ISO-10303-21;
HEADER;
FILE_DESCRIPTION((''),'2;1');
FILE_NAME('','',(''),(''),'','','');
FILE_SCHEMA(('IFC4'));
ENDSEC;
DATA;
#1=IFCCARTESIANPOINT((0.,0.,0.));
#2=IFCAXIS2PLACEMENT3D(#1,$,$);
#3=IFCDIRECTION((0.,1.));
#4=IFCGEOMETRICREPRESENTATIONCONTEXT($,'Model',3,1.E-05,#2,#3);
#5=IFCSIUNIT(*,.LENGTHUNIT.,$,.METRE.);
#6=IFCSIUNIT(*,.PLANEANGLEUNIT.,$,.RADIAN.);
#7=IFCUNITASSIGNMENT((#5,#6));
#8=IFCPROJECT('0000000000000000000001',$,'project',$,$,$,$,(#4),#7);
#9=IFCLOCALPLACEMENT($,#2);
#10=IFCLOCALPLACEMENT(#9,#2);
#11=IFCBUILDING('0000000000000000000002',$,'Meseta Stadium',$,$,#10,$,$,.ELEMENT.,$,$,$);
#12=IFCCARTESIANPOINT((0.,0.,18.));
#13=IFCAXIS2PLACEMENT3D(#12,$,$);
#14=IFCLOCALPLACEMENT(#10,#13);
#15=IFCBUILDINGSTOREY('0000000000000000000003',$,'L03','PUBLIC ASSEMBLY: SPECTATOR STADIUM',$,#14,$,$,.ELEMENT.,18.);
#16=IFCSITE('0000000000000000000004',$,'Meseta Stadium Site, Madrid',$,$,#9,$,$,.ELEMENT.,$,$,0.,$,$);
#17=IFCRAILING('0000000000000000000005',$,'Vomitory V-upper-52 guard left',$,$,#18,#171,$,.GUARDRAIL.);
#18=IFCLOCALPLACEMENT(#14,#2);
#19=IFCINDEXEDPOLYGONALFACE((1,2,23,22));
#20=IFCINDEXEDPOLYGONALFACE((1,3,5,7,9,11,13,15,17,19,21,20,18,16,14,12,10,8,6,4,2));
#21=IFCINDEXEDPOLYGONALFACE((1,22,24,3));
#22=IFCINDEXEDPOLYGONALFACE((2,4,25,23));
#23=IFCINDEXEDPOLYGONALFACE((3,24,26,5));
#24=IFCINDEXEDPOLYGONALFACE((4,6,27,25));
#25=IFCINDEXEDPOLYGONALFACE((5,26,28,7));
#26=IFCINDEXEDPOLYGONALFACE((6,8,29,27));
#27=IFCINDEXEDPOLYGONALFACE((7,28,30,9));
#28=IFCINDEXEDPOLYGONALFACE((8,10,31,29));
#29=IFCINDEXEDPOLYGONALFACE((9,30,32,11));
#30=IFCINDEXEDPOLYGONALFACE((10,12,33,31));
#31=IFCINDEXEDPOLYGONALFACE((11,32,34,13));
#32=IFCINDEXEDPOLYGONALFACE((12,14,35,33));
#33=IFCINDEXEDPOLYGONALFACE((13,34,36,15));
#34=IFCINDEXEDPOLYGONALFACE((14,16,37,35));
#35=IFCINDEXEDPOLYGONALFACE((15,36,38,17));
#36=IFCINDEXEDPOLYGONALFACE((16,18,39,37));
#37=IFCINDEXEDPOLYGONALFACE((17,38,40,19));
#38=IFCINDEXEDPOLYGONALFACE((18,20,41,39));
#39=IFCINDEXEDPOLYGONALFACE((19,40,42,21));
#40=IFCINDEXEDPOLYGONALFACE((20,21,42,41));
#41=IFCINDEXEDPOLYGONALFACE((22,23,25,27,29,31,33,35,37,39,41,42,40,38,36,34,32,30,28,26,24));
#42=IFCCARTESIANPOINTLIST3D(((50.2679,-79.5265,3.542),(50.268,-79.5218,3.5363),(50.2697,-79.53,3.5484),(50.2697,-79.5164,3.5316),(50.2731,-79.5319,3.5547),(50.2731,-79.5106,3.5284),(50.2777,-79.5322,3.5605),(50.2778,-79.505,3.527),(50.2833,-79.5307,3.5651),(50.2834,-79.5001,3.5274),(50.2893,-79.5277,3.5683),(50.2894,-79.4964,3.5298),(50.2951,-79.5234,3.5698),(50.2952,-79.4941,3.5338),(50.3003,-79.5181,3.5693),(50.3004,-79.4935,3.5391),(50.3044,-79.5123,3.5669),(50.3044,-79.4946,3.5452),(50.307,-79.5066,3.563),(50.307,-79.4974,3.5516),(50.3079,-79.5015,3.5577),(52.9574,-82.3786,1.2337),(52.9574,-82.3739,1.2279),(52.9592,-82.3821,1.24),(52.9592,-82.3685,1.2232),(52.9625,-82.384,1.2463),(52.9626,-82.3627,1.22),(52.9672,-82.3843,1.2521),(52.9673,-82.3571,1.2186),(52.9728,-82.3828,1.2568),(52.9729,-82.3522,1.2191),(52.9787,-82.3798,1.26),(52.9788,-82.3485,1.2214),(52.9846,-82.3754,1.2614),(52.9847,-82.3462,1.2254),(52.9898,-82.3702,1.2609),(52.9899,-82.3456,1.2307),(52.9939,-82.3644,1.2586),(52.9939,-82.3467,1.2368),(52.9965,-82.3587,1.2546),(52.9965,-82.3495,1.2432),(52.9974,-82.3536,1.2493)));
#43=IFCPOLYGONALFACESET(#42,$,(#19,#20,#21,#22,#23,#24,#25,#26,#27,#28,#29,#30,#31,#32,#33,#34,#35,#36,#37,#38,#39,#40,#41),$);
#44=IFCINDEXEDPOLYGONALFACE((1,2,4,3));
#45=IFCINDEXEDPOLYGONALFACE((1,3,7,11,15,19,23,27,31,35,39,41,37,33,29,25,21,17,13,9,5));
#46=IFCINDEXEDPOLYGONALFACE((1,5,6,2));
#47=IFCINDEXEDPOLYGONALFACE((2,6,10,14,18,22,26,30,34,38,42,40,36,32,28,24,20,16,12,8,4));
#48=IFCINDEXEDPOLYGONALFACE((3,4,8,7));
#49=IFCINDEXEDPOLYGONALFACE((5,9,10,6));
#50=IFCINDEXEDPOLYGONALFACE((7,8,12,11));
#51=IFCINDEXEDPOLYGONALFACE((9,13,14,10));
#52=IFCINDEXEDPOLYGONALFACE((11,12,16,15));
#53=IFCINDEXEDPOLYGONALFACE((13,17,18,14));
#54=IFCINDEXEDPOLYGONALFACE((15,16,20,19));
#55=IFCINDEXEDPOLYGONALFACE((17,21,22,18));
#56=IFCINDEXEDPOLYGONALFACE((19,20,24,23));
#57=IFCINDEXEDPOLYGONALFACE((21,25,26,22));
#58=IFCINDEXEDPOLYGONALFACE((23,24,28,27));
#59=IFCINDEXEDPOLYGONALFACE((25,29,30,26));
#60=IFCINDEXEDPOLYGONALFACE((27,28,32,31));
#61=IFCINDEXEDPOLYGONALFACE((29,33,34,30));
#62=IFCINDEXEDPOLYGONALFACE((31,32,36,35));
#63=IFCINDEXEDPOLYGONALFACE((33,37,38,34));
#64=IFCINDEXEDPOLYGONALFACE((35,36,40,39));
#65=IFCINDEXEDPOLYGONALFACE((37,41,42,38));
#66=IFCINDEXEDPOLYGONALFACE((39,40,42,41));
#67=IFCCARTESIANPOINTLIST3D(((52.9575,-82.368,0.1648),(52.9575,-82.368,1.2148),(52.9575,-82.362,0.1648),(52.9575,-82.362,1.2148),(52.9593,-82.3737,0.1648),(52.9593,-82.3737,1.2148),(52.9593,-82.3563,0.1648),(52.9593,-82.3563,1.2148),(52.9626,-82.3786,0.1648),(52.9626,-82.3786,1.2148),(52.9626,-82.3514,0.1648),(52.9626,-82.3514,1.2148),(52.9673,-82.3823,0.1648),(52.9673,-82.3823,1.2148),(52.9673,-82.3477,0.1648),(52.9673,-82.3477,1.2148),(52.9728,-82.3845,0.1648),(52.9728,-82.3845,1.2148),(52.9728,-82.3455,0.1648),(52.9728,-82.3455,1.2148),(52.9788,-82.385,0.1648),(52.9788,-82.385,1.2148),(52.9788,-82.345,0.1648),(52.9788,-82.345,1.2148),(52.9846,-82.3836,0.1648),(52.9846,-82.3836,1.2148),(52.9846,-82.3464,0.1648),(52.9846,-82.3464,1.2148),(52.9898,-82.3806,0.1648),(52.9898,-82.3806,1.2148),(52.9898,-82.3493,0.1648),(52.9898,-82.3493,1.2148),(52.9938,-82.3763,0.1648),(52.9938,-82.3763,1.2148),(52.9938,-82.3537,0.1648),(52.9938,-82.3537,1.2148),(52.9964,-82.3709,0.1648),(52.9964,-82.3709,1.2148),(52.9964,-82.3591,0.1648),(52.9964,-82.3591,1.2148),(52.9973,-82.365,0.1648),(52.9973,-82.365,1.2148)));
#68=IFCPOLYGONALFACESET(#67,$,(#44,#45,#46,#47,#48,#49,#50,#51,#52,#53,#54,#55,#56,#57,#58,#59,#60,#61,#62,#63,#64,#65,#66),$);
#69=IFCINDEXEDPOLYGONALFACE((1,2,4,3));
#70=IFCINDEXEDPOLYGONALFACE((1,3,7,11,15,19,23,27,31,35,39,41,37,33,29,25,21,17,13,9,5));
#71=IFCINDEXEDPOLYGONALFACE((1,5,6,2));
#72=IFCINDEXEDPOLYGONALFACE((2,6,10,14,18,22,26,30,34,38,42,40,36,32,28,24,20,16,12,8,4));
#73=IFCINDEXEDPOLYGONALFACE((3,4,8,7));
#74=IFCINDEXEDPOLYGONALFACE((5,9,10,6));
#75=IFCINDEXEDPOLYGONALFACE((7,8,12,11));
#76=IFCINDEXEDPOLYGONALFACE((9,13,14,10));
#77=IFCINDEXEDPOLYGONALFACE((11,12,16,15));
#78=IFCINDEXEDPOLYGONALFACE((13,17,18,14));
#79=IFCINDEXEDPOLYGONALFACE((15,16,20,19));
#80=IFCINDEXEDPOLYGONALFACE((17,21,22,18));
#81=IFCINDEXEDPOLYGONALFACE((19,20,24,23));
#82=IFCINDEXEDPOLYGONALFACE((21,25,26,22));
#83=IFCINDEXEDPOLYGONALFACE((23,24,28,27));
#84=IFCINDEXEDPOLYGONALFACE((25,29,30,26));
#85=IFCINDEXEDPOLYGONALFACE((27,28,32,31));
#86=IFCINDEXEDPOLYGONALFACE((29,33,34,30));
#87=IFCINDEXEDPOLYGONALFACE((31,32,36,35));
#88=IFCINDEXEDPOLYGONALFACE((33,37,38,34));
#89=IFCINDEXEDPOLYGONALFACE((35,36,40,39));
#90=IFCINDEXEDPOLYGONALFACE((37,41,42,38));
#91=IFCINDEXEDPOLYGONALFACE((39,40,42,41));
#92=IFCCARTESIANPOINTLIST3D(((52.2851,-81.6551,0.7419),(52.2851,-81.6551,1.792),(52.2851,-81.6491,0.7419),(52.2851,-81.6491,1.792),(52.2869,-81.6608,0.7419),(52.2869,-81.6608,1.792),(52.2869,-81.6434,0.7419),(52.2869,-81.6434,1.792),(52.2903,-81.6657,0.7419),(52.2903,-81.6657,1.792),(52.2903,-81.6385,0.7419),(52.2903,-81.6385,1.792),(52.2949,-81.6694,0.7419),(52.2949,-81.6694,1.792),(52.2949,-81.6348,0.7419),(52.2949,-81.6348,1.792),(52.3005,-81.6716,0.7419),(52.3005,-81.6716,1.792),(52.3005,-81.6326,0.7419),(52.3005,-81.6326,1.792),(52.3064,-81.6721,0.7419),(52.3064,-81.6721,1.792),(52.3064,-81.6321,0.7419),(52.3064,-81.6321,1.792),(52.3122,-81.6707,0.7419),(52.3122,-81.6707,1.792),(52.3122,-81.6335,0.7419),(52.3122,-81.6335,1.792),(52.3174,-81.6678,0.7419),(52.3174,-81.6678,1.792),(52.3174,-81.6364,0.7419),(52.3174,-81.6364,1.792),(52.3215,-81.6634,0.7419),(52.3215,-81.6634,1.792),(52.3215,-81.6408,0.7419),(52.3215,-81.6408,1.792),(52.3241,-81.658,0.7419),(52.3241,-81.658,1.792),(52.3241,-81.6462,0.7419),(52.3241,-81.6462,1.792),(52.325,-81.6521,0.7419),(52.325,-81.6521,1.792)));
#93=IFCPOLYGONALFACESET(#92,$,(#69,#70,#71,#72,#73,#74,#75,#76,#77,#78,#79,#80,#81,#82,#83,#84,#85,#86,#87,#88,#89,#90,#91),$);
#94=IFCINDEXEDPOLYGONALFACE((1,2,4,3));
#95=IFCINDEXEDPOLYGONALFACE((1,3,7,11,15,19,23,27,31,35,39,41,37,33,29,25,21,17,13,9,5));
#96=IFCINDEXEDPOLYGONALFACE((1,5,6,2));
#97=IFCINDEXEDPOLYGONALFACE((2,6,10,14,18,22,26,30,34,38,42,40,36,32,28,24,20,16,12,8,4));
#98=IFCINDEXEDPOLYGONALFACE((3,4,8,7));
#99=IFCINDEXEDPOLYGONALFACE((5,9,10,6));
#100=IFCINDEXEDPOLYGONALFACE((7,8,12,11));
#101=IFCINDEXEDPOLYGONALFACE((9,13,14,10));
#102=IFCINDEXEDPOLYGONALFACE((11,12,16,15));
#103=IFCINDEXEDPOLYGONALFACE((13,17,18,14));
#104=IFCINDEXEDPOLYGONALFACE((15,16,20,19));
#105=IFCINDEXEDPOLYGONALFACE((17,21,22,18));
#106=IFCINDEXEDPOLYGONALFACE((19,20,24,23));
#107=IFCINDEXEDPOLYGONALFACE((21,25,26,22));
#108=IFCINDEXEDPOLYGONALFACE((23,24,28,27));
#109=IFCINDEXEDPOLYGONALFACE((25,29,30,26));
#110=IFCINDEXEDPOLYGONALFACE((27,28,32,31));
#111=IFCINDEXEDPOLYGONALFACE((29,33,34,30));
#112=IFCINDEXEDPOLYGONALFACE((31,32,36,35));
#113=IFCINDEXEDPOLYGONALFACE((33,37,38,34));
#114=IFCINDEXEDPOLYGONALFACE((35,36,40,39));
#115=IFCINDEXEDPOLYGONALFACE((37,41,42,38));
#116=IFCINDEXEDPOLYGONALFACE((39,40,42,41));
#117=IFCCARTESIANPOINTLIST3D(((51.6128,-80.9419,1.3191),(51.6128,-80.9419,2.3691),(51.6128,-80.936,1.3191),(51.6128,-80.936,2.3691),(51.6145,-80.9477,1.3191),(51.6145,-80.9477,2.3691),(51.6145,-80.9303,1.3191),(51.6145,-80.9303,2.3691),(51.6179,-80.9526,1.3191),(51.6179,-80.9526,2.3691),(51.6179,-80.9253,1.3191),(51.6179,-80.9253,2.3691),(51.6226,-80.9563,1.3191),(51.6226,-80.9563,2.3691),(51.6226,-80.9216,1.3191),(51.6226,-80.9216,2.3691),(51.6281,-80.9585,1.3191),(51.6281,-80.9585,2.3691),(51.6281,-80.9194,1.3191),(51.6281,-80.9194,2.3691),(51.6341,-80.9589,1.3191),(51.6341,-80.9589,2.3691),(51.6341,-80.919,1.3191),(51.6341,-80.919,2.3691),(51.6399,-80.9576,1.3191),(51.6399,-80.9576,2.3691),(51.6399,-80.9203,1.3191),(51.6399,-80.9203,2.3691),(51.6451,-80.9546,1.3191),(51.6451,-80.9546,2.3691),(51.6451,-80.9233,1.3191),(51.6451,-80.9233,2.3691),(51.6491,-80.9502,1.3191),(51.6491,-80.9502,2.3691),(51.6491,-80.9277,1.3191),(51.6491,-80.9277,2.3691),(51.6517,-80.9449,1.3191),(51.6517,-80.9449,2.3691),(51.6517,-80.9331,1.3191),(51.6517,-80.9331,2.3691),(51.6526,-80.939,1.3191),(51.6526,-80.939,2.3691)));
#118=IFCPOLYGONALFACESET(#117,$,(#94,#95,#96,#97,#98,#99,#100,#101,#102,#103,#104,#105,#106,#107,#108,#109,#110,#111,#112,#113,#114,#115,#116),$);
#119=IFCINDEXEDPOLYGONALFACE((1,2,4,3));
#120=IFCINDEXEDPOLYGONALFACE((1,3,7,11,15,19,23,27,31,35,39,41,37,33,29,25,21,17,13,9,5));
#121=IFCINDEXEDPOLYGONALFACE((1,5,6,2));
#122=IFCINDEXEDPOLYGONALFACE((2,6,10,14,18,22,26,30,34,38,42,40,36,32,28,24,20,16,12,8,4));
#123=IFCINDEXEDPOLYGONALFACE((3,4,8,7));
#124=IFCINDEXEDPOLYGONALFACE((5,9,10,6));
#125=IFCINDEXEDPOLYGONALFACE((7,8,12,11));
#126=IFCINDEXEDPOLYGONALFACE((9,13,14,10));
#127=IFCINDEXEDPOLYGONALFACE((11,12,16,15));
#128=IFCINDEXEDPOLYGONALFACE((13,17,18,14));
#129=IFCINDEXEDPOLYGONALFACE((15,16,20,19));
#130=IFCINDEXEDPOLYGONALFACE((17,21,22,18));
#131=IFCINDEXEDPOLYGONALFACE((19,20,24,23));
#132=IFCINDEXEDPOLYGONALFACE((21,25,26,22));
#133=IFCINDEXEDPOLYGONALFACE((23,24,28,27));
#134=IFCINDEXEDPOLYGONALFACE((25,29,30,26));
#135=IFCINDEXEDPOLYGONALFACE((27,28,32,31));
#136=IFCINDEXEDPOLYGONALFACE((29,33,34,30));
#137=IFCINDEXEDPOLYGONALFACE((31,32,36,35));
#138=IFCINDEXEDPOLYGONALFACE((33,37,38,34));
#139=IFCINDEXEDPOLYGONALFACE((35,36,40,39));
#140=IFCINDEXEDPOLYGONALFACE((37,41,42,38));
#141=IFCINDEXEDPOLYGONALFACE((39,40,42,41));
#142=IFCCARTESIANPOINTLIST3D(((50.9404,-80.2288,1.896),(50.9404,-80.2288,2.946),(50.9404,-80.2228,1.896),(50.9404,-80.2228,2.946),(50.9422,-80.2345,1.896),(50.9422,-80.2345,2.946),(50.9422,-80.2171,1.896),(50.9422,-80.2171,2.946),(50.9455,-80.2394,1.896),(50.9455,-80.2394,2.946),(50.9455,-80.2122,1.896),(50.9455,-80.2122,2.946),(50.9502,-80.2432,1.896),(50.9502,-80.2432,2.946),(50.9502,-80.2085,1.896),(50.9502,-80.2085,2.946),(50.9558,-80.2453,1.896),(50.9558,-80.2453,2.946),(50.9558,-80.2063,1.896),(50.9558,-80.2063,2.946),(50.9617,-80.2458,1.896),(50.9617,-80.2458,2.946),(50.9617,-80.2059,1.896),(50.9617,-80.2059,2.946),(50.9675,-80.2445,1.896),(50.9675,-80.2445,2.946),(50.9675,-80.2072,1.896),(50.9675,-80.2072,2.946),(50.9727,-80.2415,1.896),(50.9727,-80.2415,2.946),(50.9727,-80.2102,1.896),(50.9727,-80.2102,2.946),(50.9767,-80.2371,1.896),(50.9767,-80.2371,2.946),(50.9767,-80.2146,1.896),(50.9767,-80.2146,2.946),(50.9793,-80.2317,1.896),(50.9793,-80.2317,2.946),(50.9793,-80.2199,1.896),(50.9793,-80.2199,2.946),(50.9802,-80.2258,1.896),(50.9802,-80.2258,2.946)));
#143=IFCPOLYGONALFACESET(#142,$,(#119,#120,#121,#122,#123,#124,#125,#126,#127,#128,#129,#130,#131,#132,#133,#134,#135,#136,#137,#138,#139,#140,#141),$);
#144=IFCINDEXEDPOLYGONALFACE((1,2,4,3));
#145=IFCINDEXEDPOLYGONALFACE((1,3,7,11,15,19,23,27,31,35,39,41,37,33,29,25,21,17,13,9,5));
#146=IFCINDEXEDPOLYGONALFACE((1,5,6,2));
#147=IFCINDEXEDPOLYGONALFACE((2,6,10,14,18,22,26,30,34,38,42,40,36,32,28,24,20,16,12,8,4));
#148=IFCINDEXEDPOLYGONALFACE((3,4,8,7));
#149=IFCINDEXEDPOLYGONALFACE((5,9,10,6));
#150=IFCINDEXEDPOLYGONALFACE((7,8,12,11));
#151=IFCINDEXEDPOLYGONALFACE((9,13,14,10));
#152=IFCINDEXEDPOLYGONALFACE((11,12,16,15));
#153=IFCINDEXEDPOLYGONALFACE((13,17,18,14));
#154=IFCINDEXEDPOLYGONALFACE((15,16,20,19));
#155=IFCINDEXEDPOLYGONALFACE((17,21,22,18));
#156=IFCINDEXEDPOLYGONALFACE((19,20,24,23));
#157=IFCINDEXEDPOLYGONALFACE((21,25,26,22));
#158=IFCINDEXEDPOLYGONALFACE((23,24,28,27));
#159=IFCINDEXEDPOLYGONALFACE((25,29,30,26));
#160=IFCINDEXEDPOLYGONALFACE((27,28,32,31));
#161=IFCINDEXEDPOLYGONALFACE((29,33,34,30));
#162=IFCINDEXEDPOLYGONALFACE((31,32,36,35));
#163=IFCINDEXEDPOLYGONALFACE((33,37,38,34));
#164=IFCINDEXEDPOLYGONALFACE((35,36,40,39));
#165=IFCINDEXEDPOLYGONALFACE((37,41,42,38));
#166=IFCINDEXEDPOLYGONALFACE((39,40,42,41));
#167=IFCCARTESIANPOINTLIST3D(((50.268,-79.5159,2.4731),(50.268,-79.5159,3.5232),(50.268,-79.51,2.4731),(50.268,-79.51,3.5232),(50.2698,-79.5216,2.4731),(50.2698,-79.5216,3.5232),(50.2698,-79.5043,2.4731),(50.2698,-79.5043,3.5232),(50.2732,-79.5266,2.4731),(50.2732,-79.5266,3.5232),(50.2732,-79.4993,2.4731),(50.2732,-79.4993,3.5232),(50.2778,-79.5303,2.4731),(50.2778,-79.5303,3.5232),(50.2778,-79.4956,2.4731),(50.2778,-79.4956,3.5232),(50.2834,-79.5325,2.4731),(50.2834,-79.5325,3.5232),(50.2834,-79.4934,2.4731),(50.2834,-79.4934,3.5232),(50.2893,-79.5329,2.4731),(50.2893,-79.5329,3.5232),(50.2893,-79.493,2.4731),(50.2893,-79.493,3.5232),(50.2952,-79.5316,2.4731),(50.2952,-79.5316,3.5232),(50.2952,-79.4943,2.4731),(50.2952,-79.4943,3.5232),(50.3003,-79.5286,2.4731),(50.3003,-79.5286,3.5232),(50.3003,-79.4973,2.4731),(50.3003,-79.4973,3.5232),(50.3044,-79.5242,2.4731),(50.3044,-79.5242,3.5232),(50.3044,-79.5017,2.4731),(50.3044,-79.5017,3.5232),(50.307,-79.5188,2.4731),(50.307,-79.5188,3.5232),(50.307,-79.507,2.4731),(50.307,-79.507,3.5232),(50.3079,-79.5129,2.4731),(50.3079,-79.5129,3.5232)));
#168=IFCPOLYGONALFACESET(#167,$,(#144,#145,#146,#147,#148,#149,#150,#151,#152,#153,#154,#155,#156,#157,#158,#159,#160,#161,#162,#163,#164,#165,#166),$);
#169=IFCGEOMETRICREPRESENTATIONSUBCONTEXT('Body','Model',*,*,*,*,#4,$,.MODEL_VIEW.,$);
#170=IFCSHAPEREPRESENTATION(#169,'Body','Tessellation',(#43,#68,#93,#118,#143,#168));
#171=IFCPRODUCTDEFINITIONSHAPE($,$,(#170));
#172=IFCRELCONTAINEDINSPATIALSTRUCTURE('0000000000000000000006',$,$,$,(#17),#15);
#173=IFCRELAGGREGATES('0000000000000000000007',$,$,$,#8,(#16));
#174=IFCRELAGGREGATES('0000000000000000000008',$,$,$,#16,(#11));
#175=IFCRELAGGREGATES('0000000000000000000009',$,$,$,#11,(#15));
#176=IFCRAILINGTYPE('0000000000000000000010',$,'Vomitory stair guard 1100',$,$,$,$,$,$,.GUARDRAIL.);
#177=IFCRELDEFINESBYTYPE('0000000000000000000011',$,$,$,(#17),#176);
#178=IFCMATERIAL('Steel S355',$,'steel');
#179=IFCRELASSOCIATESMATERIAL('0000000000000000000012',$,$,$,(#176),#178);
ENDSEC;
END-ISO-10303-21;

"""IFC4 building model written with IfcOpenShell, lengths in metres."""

from ifc_helpers import new_model, si_unit, direction, frame, origin, origin_2d, place, context, subcontext, project, spatial, circle, extrude, material, type_object, element, save


model = new_model("IFC4")

# Units and contexts
model_context = context("Model", 3, precision=1e-05, world=origin(), true_north=direction((0.0, 1.0)))
body_context = subcontext(model_context, "Body", "Model", "MODEL_VIEW")
ifc_project = project(units=[si_unit("LENGTHUNIT", "METRE"), si_unit("PLANEANGLEUNIT", "RADIAN")], contexts=[model_context])

# Site, building, storey
site_placement = place(None, origin())
site = spatial("IfcSite", under=ifc_project, at=site_placement, Name="Meseta Stadium Site, Madrid", CompositionType="ELEMENT", RefElevation=0.0)
building_placement = place(site_placement, origin())
building = spatial("IfcBuilding", under=site, at=building_placement, Name="Meseta Stadium", CompositionType="ELEMENT")
storey_placement = place(building_placement, frame((0.0, 0.0, 18.0)))
storey = spatial("IfcBuildingStorey", under=building, at=storey_placement, Name="L03", Description="PUBLIC ASSEMBLY: SPECTATOR STADIUM", CompositionType="ELEMENT", Elevation=18.0)

# Railing
ifc_material_1 = material(Name="Steel S355", Category="steel")
railing_type_1 = type_object("IfcRailingType", Name="Vomitory stair guard 1100", PredefinedType="GUARDRAIL", material=ifc_material_1)
railing_1_placement = place(storey_placement, frame((52.9773, -82.365, 0.1648)))
element("IfcRailing", 1, at=railing_1_placement, inside=storey, type_object=railing_type_1, Name="Vomitory V-upper-52 guard left", PredefinedType="GUARDRAIL", context=body_context, shape_type="SweptSolid", body=[
    extrude(circle(Radius=0.0249, at=origin_2d()), frame((0.0, 0.0, 1.0752), z_axis=(-0.591184, 0.626925, 0.507411), x_axis=(-0.727541, -0.686064, 0.0)), (0.0, 0.0, 1.0), 4.5493),
    extrude(circle(Radius=0.02, at=origin_2d()), origin(), (0.0, 0.0, 1.0), 1.05),
    extrude(circle(Radius=0.02, at=origin_2d()), frame((-0.6724, 0.7129, 0.5771)), (0.0, 0.0, 1.0), 1.05),
    extrude(circle(Radius=0.02, at=origin_2d()), frame((-1.3447, 1.426, 1.1543)), (0.0, 0.0, 1.0), 1.05),
    extrude(circle(Radius=0.02, at=origin_2d()), frame((-2.0171, 2.1392, 1.7312)), (0.0, 0.0, 1.0), 1.05),
    extrude(circle(Radius=0.02, at=origin_2d()), frame((-2.6895, 2.8521, 2.3083)), (0.0, 0.0, 1.0), 1.05),
])

save(model, "model.ifc")
